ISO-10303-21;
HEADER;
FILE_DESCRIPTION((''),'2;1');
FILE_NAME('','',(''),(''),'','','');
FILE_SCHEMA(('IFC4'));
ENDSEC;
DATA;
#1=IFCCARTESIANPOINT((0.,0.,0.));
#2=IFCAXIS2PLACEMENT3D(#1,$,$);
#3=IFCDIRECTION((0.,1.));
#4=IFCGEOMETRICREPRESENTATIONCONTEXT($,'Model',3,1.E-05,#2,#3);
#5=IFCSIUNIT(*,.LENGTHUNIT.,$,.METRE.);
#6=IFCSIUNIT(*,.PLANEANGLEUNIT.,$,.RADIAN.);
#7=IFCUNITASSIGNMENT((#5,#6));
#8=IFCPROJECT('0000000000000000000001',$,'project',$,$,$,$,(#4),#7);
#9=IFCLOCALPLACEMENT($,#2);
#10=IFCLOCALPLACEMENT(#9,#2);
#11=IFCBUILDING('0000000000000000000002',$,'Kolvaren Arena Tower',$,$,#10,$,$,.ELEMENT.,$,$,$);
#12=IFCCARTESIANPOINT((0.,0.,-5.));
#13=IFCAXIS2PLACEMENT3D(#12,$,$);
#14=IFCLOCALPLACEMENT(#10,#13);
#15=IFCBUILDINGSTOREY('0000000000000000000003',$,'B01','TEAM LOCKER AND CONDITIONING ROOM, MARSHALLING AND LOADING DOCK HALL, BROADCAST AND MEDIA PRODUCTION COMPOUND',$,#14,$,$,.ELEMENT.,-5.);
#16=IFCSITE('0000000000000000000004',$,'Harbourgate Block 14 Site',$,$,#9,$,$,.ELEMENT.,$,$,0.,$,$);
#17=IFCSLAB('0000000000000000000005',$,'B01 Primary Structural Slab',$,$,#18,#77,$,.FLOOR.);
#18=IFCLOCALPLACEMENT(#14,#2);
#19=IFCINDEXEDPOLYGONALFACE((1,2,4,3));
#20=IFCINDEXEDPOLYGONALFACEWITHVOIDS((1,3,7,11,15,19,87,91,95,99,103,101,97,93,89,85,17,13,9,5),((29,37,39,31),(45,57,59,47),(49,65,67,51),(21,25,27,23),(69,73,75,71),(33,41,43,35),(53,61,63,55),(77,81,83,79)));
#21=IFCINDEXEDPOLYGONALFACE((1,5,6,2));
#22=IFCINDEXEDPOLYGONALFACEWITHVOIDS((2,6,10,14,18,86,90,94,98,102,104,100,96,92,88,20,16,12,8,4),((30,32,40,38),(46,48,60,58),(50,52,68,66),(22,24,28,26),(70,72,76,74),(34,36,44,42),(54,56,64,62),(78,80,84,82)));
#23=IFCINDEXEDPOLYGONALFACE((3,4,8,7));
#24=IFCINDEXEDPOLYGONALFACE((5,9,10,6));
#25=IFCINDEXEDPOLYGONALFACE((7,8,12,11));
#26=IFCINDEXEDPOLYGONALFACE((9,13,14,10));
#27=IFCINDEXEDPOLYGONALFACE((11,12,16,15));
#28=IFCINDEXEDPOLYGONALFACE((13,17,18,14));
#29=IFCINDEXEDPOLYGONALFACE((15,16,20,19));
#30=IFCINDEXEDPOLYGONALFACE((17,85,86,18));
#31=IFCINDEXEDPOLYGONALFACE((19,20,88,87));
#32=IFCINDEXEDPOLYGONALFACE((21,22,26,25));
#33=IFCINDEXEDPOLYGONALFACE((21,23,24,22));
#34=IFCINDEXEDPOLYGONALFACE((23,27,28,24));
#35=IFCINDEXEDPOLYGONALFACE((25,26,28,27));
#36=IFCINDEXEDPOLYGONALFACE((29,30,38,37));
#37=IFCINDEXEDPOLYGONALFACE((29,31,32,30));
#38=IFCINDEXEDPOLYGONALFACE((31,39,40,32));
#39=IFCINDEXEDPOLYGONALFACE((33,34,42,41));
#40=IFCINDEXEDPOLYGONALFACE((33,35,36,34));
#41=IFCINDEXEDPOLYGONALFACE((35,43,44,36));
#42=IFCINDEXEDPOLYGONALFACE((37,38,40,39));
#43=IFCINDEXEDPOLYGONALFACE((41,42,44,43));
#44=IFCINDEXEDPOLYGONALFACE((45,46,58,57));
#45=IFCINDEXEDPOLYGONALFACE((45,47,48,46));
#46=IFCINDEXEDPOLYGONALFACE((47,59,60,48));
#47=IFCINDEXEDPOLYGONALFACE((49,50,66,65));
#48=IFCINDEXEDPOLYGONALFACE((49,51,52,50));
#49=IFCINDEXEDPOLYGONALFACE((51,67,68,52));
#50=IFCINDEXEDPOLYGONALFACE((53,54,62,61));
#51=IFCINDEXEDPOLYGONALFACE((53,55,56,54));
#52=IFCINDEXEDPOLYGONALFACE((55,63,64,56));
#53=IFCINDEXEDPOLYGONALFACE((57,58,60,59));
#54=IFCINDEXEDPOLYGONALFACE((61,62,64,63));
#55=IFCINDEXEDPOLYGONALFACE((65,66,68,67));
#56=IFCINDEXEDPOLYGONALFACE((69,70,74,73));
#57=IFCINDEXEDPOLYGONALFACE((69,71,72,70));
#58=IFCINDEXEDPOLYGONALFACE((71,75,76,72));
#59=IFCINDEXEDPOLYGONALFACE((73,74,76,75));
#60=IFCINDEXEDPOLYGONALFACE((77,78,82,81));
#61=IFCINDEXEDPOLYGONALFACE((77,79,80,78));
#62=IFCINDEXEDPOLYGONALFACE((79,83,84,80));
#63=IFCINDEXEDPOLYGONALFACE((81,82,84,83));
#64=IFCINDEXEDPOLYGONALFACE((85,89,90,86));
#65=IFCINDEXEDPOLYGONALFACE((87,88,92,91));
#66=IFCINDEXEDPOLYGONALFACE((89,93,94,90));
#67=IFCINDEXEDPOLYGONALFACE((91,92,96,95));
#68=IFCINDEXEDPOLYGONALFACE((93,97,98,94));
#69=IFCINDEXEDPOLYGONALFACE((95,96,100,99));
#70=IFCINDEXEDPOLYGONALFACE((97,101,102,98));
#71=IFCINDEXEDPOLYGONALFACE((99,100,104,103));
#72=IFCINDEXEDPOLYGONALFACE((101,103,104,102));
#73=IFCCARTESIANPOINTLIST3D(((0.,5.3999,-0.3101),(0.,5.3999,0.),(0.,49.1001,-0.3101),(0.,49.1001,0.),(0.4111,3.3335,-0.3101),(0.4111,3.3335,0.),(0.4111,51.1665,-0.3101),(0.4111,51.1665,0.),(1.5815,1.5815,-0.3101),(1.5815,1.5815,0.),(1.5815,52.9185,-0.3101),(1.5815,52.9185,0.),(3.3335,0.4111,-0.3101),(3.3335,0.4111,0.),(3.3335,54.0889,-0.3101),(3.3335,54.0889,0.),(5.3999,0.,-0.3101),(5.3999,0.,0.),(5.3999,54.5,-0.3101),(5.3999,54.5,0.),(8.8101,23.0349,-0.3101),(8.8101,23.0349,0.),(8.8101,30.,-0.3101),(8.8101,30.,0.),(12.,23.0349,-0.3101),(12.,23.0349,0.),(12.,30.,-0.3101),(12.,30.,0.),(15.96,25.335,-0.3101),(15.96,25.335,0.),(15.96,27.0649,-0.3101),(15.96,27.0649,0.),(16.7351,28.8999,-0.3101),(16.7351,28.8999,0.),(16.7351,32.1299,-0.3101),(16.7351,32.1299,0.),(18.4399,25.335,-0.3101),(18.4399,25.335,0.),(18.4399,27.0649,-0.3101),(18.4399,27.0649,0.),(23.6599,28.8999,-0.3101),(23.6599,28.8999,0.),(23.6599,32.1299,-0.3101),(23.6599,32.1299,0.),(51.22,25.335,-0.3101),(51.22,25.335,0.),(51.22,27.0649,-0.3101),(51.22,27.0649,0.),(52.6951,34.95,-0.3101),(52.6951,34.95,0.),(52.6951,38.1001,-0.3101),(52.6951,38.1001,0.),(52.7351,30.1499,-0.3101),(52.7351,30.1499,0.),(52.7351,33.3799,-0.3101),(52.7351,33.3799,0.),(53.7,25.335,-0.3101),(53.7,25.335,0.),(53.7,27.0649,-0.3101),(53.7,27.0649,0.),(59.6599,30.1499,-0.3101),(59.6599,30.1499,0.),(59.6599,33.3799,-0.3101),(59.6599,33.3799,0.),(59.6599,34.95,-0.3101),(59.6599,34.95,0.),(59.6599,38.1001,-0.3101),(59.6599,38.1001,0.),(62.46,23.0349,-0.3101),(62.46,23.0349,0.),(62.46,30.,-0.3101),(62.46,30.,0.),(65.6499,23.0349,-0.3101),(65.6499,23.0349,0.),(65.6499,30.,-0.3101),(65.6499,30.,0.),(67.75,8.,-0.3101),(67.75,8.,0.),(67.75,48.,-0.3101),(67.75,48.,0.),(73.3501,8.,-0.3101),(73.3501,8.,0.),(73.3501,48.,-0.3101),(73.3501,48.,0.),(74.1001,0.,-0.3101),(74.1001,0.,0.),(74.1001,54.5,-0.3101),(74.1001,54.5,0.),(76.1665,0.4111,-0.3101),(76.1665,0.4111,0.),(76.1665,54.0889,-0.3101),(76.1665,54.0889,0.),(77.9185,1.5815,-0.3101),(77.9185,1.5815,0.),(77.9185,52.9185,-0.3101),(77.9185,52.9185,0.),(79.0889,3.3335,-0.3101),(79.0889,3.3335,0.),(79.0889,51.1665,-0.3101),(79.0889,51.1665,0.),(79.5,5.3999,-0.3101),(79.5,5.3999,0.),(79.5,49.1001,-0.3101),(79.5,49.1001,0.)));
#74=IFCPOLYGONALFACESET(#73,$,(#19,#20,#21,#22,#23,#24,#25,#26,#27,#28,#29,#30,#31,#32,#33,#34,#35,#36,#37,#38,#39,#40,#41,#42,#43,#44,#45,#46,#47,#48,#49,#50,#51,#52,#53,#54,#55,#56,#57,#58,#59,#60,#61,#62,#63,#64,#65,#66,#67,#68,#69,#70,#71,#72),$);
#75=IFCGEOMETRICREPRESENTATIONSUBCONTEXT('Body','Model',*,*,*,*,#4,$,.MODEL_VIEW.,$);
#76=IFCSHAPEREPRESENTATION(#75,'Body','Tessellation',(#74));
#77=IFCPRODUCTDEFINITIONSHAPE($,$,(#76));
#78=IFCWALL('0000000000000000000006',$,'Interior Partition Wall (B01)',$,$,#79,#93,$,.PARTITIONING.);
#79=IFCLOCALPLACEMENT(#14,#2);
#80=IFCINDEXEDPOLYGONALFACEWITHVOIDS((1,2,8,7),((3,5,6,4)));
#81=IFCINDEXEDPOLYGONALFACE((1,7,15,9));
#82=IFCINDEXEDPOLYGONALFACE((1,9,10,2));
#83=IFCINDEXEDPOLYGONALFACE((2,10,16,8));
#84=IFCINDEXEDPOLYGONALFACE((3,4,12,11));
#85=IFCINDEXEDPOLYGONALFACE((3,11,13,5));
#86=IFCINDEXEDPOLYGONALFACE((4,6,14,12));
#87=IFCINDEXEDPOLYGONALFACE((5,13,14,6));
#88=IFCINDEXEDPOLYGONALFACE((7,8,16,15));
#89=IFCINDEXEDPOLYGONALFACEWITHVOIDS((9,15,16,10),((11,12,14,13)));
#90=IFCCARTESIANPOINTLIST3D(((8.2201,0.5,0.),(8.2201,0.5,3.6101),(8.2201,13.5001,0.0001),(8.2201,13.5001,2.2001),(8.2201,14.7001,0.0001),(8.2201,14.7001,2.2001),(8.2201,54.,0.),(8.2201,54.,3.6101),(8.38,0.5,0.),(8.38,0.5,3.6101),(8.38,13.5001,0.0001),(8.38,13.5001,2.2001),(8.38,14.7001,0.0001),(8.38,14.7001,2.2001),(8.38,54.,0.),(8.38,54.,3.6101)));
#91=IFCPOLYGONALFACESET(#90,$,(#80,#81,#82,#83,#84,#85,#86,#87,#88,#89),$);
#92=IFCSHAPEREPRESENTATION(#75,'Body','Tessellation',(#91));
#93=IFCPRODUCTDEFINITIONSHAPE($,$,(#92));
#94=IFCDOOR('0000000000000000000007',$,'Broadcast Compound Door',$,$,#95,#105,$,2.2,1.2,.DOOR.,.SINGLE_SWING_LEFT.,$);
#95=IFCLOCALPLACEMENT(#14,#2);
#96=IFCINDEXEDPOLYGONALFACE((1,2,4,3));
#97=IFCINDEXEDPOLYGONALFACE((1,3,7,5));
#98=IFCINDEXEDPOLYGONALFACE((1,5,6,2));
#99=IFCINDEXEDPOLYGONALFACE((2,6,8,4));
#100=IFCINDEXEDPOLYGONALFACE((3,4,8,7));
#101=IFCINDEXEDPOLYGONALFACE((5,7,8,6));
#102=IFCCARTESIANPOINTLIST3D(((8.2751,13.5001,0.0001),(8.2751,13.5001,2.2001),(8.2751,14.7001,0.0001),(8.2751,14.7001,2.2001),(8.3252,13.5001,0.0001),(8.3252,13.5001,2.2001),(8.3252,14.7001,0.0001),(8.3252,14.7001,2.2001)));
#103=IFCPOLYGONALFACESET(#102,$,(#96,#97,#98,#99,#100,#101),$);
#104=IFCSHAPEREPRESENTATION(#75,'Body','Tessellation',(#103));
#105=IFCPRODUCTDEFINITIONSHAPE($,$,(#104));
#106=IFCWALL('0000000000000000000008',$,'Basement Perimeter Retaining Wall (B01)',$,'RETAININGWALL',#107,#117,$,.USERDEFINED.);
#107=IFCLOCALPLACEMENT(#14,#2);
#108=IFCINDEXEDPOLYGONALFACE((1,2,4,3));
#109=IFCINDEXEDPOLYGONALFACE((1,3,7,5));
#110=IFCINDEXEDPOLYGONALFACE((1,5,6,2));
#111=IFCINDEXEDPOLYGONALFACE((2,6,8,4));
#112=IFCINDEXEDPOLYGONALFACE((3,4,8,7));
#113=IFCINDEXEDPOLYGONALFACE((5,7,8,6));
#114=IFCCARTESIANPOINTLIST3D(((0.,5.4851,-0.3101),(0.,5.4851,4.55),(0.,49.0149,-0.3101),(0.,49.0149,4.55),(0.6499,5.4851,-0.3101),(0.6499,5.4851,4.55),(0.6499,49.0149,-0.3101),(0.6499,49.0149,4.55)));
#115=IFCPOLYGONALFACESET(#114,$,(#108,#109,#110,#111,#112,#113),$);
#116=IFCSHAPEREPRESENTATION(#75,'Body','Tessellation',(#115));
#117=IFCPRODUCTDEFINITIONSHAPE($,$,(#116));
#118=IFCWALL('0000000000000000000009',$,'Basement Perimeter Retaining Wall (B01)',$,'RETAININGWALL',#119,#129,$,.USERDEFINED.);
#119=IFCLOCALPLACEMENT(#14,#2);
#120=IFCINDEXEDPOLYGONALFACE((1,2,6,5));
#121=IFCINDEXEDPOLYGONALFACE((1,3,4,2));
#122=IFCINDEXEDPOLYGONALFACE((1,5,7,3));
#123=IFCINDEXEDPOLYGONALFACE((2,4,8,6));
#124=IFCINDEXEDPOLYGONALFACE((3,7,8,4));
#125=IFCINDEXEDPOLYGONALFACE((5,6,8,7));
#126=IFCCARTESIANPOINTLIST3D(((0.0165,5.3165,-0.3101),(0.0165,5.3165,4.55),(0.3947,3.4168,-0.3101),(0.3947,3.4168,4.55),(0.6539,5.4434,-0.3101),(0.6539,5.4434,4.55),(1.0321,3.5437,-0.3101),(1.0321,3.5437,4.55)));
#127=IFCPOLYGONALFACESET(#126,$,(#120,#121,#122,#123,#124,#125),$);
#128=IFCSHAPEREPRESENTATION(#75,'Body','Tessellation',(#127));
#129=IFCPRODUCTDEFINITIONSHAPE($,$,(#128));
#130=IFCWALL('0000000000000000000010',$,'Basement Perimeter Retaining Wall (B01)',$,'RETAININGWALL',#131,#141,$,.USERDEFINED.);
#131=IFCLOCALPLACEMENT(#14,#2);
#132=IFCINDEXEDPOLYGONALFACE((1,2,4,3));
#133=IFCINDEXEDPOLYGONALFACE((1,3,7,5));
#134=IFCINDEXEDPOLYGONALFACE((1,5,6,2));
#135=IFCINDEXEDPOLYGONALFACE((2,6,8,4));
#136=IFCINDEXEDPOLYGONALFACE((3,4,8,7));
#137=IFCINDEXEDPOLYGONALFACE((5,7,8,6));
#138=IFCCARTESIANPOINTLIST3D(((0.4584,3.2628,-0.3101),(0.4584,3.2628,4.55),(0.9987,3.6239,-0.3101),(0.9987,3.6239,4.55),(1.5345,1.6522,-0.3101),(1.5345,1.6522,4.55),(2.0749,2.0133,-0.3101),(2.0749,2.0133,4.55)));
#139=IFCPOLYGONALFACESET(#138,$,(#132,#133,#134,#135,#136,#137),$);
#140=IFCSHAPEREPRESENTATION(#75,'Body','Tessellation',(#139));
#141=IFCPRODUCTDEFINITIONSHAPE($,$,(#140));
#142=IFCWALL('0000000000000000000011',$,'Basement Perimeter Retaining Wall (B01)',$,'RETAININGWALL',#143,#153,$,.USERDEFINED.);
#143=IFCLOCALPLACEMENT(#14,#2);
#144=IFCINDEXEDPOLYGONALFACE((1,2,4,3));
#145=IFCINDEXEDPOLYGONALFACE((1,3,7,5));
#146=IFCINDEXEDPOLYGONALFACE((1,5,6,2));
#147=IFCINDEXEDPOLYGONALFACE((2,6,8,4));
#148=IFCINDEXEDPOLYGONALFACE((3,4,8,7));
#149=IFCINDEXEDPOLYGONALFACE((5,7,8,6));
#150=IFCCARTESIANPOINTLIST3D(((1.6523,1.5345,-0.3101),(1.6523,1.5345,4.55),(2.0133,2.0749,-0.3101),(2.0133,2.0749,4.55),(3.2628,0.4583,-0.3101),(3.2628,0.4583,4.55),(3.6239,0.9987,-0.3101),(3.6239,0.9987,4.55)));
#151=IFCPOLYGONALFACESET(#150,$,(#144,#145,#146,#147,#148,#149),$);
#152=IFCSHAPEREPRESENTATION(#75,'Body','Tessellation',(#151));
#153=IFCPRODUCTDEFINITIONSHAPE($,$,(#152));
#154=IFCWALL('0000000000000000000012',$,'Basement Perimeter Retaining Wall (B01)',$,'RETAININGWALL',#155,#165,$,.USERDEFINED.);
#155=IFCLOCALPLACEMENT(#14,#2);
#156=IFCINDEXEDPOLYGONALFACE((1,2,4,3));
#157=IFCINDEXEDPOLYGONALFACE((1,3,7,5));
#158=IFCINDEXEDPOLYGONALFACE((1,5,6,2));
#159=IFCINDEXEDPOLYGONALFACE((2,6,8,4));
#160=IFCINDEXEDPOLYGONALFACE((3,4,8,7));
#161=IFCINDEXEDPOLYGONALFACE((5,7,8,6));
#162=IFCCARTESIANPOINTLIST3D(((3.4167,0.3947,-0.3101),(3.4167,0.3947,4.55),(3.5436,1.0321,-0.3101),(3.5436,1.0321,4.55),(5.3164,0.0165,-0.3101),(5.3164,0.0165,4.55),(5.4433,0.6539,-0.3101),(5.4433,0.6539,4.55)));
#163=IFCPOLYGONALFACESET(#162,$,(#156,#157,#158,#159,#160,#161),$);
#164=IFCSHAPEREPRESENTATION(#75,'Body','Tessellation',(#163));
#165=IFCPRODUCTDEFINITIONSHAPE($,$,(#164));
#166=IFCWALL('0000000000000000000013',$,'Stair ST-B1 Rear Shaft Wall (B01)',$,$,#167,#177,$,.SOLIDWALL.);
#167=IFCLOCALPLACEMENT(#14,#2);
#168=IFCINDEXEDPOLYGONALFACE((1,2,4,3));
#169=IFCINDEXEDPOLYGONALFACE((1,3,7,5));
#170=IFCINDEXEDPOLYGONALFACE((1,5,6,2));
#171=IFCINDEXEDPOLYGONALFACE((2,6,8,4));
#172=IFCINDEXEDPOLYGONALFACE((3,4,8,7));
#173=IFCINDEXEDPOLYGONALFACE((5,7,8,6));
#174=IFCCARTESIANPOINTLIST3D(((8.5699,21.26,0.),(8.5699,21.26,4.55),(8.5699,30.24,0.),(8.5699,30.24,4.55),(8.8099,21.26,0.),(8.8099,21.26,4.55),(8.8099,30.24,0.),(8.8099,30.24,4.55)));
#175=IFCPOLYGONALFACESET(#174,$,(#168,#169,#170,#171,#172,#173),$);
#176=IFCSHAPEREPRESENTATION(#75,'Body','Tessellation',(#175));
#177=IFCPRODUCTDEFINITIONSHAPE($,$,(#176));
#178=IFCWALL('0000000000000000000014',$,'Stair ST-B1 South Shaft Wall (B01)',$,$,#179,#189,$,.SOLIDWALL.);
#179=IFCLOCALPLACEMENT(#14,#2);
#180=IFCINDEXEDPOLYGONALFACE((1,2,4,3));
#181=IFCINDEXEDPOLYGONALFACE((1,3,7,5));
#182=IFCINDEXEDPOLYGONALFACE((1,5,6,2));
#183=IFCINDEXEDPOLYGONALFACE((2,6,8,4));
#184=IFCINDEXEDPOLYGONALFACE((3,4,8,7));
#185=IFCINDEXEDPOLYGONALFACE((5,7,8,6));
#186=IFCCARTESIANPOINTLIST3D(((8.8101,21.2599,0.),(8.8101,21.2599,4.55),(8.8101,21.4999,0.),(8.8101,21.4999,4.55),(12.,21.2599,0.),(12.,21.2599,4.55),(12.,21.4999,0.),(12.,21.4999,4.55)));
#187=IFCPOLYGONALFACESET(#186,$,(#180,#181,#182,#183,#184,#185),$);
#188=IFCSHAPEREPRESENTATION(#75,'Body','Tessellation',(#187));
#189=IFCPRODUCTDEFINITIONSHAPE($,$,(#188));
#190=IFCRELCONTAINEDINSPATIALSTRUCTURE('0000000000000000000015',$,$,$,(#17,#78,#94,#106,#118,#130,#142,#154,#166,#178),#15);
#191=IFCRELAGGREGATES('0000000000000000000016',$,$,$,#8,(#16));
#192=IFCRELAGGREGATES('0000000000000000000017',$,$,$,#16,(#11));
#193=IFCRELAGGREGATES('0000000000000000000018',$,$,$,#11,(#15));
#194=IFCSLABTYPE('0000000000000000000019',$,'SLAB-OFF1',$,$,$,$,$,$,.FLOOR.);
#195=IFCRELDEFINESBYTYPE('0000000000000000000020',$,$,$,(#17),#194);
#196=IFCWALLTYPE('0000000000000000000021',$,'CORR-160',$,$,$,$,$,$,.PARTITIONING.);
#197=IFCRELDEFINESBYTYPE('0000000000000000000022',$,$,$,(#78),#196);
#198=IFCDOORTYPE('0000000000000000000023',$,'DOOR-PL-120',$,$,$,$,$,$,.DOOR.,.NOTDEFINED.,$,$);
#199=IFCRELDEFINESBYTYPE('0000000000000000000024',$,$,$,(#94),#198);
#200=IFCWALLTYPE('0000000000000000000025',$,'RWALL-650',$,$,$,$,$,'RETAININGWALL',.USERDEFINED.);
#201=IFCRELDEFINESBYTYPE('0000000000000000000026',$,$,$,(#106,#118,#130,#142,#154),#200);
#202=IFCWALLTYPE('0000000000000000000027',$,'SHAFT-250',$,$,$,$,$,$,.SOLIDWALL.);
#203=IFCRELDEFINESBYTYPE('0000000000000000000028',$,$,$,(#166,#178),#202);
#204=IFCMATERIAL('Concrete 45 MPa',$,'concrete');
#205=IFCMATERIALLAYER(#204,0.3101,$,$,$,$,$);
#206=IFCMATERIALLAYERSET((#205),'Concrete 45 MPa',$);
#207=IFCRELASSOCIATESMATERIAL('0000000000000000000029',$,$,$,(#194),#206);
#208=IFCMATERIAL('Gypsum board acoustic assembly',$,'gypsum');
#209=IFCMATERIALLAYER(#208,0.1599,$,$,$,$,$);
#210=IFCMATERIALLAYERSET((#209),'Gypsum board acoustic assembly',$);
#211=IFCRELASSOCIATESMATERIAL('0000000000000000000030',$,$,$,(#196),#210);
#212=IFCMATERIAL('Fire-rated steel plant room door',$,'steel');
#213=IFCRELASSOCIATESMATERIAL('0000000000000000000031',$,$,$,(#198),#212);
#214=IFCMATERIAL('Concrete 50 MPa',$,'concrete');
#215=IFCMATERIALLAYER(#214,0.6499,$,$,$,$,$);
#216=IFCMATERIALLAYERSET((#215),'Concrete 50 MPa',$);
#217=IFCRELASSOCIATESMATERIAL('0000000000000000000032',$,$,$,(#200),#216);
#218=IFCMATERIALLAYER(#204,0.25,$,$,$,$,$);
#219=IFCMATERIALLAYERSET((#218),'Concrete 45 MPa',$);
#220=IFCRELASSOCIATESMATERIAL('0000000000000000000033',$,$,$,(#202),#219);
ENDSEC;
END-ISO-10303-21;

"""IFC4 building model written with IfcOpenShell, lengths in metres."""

from ifc_helpers import new_model, si_unit, direction, frame, frame_2d, origin, place, context, subcontext, project, spatial, polyline, rectangle, outline, extrude, material, layer, layer_set, type_object, element, fill, save


model = new_model("IFC4")

# Units and contexts
model_context = context("Model", 3, precision=1e-05, world=origin(), true_north=direction((0.0, 1.0)))
body_context = subcontext(model_context, "Body", "Model", "MODEL_VIEW")
ifc_project = project(units=[si_unit("LENGTHUNIT", "METRE"), si_unit("PLANEANGLEUNIT", "RADIAN")], contexts=[model_context])

# Site, building, storey
site_placement = place(None, origin())
site = spatial("IfcSite", under=ifc_project, at=site_placement, Name="Harbourgate Block 14 Site", CompositionType="ELEMENT", RefElevation=0.0)
building_placement = place(site_placement, origin())
building = spatial("IfcBuilding", under=site, at=building_placement, Name="Kolvaren Arena Tower", CompositionType="ELEMENT")
storey_placement = place(building_placement, frame((0.0, 0.0, -5.0)))
storey = spatial("IfcBuildingStorey", under=building, at=storey_placement, Name="B01", Description="TEAM LOCKER AND CONDITIONING ROOM, MARSHALLING AND LOADING DOCK HALL, BROADCAST AND MEDIA PRODUCTION COMPOUND", CompositionType="ELEMENT", Elevation=-5.0)

# Shared definitions
ifc_material_1 = material(Name="Concrete 45 MPa", Category="concrete")

# Slab
ifc_layer_1 = layer(ifc_material_1, 0.3101)
ifc_layer_set_1 = layer_set([ifc_layer_1], Name="Concrete 45 MPa")
slab_type_1 = type_object("IfcSlabType", Name="SLAB-OFF1", PredefinedType="FLOOR", material=ifc_layer_set_1)
slab_1_placement = place(storey_placement, frame((0.0, 0.0, -0.3101)))
element("IfcSlab", 1, at=slab_1_placement, inside=storey, type_object=slab_type_1, Name="B01 Primary Structural Slab", PredefinedType="FLOOR", context=body_context, shape_type="SweptSolid", body=[
    extrude(outline(polyline([(74.1001, 0.0), (76.1665, 0.4111), (77.9185, 1.5815), (79.0889, 3.3335), (79.5, 5.3999), (79.5, 49.1001), (79.0889, 51.1665), (77.9185, 52.9185), (76.1665, 54.0889), (74.1001, 54.5), (5.3999, 54.5), (3.3335, 54.0889), (1.5815, 52.9185), (0.4111, 51.1665), (0.0, 49.1001), (0.0, 5.3999), (0.4111, 3.3335), (1.5815, 1.5815), (3.3335, 0.4111), (5.3999, 0.0), (74.1001, 0.0)]), holes=[polyline([(73.3501, 8.0), (67.75, 8.0), (67.75, 48.0), (73.3501, 48.0), (73.3501, 8.0)]), polyline([(12.0, 30.0), (12.0, 23.0349), (8.8101, 23.0349), (8.8101, 30.0), (12.0, 30.0)]), polyline([(65.6499, 30.0), (65.6499, 23.0349), (62.46, 23.0349), (62.46, 30.0), (65.6499, 30.0)]), polyline([(18.4399, 25.335), (15.96, 25.335), (15.96, 27.0649), (18.4399, 27.0649), (18.4399, 25.335)]), polyline([(53.7, 25.335), (51.22, 25.335), (51.22, 27.0649), (53.7, 27.0649), (53.7, 25.335)]), polyline([(23.6599, 28.8999), (16.7351, 28.8999), (16.7351, 32.1299), (23.6599, 32.1299), (23.6599, 28.8999)]), polyline([(59.6599, 30.1499), (52.7351, 30.1499), (52.7351, 33.3799), (59.6599, 33.3799), (59.6599, 30.1499)]), polyline([(59.6599, 34.95), (52.6951, 34.95), (52.6951, 38.1001), (59.6599, 38.1001), (59.6599, 34.95)])]), origin(), (0.0, 0.0, 1.0), 0.3101),
])

# Wall, opening, door
ifc_material_2 = material(Name="Gypsum board acoustic assembly", Category="gypsum")
ifc_layer_2 = layer(ifc_material_2, 0.1599)
ifc_layer_set_2 = layer_set([ifc_layer_2], Name="Gypsum board acoustic assembly")
wall_type_1 = type_object("IfcWallType", Name="CORR-160", PredefinedType="PARTITIONING", material=ifc_layer_set_2)
wall_1_placement = place(storey_placement, frame((8.3, 0.5, 0.0), z_axis=(0.0, 0.0, 1.0), x_axis=(0.0, 1.0, 0.0)))
wall_1 = element("IfcWall", 2, at=wall_1_placement, inside=storey, type_object=wall_type_1, Name="Interior Partition Wall (B01)", PredefinedType="PARTITIONING", context=body_context, shape_type="SweptSolid", body=[
    extrude(rectangle(XDim=53.5, YDim=0.1599, at=frame_2d((26.75, 0.0))), origin(), (0.0, 0.0, 1.0), 3.6101),
])
opening_placement = place(wall_1_placement, frame((13.0, 0.0, 0.0)))
opening = element("IfcOpeningElement", 3, at=opening_placement, cuts=wall_1, PredefinedType="OPENING", context=body_context, shape_type="SweptSolid", body=[
    extrude(rectangle(XDim=1.2, YDim=2.2, at=frame_2d((0.6001, 1.1001))), frame((0.0, 0.0898, 0.0), z_axis=(0.0, -1.0, 0.0), x_axis=(1.0, 0.0, 0.0)), (0.0, 0.0, 1.0), 0.1799),
])
ifc_material_3 = material(Name="Fire-rated steel plant room door", Category="steel")
door_type = type_object("IfcDoorType", Name="DOOR-PL-120", OperationType="NOTDEFINED", PredefinedType="DOOR", material=ifc_material_3)
door_placement = place(opening_placement, origin())
door = element("IfcDoor", 4, at=door_placement, inside=storey, type_object=door_type, Name="Broadcast Compound Door", OperationType="SINGLE_SWING_LEFT", OverallHeight=2.2, OverallWidth=1.2, PredefinedType="DOOR", context=body_context, shape_type="SweptSolid", body=[
    extrude(rectangle(XDim=1.2, YDim=2.2, at=frame_2d((0.6001, 1.1001))), frame((0.0, 0.0249, 0.0), z_axis=(0.0, -1.0, 0.0), x_axis=(1.0, 0.0, 0.0)), (0.0, 0.0, 1.0), 0.05),
])
fill(opening, door)

# Walls
ifc_material_4 = material(Name="Concrete 50 MPa", Category="concrete")
ifc_layer_3 = layer(ifc_material_4, 0.6499)
ifc_layer_set_3 = layer_set([ifc_layer_3], Name="Concrete 50 MPa")
wall_type_2 = type_object("IfcWallType", Name="RWALL-650", ElementType="RETAININGWALL", PredefinedType="USERDEFINED", material=ifc_layer_set_3)
wall_2_placement = place(storey_placement, frame((0.325, 5.4851, -0.3101), z_axis=(0.0, 0.0, 1.0), x_axis=(0.0, 1.0, 0.0)))
element("IfcWall", 5, at=wall_2_placement, inside=storey, type_object=wall_type_2, Name="Basement Perimeter Retaining Wall (B01)", ObjectType="RETAININGWALL", PredefinedType="USERDEFINED", context=body_context, shape_type="SweptSolid", body=[
    extrude(rectangle(XDim=43.5298, YDim=0.6499, at=frame_2d((21.7649, 0.0))), origin(), (0.0, 0.0, 1.0), 4.8601),
])
for number, where, z_axis, x_axis, name in (
    (6, (0.7134, 3.4802, -0.3101), (0.0, 0.0, 1.0), (-0.195243, 0.980755, 0.0), "Basement Perimeter Retaining Wall (B01)"),
    (7, (1.8047, 1.8328, -0.3101), (0.0, 0.0, 1.0), (-0.555572, 0.831468, 0.0), "Basement Perimeter Retaining Wall (B01)"),
    (8, (3.4434, 0.7285, -0.3101), (0.0, 0.0, 1.0), (-0.831468, 0.555572, 0.0), "Basement Perimeter Retaining Wall (B01)"),
    (9, (5.3799, 0.3352, -0.3101), (0.0, 0.0, 1.0), (-0.980755, 0.195243, 0.0), "Basement Perimeter Retaining Wall (B01)"),
):
    element("IfcWall", number, at=place(storey_placement, frame(where, z_axis=z_axis, x_axis=x_axis)), inside=storey, type_object=wall_type_2, Name=name, ObjectType="RETAININGWALL", PredefinedType="USERDEFINED", context=body_context, shape_type="SweptSolid", body=[
        extrude(rectangle(XDim=1.937, YDim=0.6499, at=frame_2d((0.9685, 0.0))), origin(), (0.0, 0.0, 1.0), 4.8601),
    ])
ifc_layer_4 = layer(ifc_material_1, 0.25)
ifc_layer_set_4 = layer_set([ifc_layer_4], Name="Concrete 45 MPa")
wall_type_3 = type_object("IfcWallType", Name="SHAFT-250", PredefinedType="SOLIDWALL", material=ifc_layer_set_4)
wall_3_placement = place(storey_placement, frame((8.6899, 21.26, 0.0), z_axis=(0.0, 0.0, 1.0), x_axis=(0.0, 1.0, 0.0)))
element("IfcWall", 10, at=wall_3_placement, inside=storey, type_object=wall_type_3, Name="Stair ST-B1 Rear Shaft Wall (B01)", PredefinedType="SOLIDWALL", context=body_context, shape_type="SweptSolid", body=[
    extrude(rectangle(XDim=8.98, YDim=0.24, at=frame_2d((4.49, 0.0))), origin(), (0.0, 0.0, 1.0), 4.55),
])
wall_4_placement = place(storey_placement, frame((8.8101, 21.3799, 0.0), z_axis=(0.0, 0.0, 1.0), x_axis=(1.0, 0.0, 0.0)))
element("IfcWall", 11, at=wall_4_placement, inside=storey, type_object=wall_type_3, Name="Stair ST-B1 South Shaft Wall (B01)", PredefinedType="SOLIDWALL", context=body_context, shape_type="SweptSolid", body=[
    extrude(rectangle(XDim=3.1899, YDim=0.24, at=frame_2d((1.595, 0.0))), origin(), (0.0, 0.0, 1.0), 4.55),
])

save(model, "model.ifc")
